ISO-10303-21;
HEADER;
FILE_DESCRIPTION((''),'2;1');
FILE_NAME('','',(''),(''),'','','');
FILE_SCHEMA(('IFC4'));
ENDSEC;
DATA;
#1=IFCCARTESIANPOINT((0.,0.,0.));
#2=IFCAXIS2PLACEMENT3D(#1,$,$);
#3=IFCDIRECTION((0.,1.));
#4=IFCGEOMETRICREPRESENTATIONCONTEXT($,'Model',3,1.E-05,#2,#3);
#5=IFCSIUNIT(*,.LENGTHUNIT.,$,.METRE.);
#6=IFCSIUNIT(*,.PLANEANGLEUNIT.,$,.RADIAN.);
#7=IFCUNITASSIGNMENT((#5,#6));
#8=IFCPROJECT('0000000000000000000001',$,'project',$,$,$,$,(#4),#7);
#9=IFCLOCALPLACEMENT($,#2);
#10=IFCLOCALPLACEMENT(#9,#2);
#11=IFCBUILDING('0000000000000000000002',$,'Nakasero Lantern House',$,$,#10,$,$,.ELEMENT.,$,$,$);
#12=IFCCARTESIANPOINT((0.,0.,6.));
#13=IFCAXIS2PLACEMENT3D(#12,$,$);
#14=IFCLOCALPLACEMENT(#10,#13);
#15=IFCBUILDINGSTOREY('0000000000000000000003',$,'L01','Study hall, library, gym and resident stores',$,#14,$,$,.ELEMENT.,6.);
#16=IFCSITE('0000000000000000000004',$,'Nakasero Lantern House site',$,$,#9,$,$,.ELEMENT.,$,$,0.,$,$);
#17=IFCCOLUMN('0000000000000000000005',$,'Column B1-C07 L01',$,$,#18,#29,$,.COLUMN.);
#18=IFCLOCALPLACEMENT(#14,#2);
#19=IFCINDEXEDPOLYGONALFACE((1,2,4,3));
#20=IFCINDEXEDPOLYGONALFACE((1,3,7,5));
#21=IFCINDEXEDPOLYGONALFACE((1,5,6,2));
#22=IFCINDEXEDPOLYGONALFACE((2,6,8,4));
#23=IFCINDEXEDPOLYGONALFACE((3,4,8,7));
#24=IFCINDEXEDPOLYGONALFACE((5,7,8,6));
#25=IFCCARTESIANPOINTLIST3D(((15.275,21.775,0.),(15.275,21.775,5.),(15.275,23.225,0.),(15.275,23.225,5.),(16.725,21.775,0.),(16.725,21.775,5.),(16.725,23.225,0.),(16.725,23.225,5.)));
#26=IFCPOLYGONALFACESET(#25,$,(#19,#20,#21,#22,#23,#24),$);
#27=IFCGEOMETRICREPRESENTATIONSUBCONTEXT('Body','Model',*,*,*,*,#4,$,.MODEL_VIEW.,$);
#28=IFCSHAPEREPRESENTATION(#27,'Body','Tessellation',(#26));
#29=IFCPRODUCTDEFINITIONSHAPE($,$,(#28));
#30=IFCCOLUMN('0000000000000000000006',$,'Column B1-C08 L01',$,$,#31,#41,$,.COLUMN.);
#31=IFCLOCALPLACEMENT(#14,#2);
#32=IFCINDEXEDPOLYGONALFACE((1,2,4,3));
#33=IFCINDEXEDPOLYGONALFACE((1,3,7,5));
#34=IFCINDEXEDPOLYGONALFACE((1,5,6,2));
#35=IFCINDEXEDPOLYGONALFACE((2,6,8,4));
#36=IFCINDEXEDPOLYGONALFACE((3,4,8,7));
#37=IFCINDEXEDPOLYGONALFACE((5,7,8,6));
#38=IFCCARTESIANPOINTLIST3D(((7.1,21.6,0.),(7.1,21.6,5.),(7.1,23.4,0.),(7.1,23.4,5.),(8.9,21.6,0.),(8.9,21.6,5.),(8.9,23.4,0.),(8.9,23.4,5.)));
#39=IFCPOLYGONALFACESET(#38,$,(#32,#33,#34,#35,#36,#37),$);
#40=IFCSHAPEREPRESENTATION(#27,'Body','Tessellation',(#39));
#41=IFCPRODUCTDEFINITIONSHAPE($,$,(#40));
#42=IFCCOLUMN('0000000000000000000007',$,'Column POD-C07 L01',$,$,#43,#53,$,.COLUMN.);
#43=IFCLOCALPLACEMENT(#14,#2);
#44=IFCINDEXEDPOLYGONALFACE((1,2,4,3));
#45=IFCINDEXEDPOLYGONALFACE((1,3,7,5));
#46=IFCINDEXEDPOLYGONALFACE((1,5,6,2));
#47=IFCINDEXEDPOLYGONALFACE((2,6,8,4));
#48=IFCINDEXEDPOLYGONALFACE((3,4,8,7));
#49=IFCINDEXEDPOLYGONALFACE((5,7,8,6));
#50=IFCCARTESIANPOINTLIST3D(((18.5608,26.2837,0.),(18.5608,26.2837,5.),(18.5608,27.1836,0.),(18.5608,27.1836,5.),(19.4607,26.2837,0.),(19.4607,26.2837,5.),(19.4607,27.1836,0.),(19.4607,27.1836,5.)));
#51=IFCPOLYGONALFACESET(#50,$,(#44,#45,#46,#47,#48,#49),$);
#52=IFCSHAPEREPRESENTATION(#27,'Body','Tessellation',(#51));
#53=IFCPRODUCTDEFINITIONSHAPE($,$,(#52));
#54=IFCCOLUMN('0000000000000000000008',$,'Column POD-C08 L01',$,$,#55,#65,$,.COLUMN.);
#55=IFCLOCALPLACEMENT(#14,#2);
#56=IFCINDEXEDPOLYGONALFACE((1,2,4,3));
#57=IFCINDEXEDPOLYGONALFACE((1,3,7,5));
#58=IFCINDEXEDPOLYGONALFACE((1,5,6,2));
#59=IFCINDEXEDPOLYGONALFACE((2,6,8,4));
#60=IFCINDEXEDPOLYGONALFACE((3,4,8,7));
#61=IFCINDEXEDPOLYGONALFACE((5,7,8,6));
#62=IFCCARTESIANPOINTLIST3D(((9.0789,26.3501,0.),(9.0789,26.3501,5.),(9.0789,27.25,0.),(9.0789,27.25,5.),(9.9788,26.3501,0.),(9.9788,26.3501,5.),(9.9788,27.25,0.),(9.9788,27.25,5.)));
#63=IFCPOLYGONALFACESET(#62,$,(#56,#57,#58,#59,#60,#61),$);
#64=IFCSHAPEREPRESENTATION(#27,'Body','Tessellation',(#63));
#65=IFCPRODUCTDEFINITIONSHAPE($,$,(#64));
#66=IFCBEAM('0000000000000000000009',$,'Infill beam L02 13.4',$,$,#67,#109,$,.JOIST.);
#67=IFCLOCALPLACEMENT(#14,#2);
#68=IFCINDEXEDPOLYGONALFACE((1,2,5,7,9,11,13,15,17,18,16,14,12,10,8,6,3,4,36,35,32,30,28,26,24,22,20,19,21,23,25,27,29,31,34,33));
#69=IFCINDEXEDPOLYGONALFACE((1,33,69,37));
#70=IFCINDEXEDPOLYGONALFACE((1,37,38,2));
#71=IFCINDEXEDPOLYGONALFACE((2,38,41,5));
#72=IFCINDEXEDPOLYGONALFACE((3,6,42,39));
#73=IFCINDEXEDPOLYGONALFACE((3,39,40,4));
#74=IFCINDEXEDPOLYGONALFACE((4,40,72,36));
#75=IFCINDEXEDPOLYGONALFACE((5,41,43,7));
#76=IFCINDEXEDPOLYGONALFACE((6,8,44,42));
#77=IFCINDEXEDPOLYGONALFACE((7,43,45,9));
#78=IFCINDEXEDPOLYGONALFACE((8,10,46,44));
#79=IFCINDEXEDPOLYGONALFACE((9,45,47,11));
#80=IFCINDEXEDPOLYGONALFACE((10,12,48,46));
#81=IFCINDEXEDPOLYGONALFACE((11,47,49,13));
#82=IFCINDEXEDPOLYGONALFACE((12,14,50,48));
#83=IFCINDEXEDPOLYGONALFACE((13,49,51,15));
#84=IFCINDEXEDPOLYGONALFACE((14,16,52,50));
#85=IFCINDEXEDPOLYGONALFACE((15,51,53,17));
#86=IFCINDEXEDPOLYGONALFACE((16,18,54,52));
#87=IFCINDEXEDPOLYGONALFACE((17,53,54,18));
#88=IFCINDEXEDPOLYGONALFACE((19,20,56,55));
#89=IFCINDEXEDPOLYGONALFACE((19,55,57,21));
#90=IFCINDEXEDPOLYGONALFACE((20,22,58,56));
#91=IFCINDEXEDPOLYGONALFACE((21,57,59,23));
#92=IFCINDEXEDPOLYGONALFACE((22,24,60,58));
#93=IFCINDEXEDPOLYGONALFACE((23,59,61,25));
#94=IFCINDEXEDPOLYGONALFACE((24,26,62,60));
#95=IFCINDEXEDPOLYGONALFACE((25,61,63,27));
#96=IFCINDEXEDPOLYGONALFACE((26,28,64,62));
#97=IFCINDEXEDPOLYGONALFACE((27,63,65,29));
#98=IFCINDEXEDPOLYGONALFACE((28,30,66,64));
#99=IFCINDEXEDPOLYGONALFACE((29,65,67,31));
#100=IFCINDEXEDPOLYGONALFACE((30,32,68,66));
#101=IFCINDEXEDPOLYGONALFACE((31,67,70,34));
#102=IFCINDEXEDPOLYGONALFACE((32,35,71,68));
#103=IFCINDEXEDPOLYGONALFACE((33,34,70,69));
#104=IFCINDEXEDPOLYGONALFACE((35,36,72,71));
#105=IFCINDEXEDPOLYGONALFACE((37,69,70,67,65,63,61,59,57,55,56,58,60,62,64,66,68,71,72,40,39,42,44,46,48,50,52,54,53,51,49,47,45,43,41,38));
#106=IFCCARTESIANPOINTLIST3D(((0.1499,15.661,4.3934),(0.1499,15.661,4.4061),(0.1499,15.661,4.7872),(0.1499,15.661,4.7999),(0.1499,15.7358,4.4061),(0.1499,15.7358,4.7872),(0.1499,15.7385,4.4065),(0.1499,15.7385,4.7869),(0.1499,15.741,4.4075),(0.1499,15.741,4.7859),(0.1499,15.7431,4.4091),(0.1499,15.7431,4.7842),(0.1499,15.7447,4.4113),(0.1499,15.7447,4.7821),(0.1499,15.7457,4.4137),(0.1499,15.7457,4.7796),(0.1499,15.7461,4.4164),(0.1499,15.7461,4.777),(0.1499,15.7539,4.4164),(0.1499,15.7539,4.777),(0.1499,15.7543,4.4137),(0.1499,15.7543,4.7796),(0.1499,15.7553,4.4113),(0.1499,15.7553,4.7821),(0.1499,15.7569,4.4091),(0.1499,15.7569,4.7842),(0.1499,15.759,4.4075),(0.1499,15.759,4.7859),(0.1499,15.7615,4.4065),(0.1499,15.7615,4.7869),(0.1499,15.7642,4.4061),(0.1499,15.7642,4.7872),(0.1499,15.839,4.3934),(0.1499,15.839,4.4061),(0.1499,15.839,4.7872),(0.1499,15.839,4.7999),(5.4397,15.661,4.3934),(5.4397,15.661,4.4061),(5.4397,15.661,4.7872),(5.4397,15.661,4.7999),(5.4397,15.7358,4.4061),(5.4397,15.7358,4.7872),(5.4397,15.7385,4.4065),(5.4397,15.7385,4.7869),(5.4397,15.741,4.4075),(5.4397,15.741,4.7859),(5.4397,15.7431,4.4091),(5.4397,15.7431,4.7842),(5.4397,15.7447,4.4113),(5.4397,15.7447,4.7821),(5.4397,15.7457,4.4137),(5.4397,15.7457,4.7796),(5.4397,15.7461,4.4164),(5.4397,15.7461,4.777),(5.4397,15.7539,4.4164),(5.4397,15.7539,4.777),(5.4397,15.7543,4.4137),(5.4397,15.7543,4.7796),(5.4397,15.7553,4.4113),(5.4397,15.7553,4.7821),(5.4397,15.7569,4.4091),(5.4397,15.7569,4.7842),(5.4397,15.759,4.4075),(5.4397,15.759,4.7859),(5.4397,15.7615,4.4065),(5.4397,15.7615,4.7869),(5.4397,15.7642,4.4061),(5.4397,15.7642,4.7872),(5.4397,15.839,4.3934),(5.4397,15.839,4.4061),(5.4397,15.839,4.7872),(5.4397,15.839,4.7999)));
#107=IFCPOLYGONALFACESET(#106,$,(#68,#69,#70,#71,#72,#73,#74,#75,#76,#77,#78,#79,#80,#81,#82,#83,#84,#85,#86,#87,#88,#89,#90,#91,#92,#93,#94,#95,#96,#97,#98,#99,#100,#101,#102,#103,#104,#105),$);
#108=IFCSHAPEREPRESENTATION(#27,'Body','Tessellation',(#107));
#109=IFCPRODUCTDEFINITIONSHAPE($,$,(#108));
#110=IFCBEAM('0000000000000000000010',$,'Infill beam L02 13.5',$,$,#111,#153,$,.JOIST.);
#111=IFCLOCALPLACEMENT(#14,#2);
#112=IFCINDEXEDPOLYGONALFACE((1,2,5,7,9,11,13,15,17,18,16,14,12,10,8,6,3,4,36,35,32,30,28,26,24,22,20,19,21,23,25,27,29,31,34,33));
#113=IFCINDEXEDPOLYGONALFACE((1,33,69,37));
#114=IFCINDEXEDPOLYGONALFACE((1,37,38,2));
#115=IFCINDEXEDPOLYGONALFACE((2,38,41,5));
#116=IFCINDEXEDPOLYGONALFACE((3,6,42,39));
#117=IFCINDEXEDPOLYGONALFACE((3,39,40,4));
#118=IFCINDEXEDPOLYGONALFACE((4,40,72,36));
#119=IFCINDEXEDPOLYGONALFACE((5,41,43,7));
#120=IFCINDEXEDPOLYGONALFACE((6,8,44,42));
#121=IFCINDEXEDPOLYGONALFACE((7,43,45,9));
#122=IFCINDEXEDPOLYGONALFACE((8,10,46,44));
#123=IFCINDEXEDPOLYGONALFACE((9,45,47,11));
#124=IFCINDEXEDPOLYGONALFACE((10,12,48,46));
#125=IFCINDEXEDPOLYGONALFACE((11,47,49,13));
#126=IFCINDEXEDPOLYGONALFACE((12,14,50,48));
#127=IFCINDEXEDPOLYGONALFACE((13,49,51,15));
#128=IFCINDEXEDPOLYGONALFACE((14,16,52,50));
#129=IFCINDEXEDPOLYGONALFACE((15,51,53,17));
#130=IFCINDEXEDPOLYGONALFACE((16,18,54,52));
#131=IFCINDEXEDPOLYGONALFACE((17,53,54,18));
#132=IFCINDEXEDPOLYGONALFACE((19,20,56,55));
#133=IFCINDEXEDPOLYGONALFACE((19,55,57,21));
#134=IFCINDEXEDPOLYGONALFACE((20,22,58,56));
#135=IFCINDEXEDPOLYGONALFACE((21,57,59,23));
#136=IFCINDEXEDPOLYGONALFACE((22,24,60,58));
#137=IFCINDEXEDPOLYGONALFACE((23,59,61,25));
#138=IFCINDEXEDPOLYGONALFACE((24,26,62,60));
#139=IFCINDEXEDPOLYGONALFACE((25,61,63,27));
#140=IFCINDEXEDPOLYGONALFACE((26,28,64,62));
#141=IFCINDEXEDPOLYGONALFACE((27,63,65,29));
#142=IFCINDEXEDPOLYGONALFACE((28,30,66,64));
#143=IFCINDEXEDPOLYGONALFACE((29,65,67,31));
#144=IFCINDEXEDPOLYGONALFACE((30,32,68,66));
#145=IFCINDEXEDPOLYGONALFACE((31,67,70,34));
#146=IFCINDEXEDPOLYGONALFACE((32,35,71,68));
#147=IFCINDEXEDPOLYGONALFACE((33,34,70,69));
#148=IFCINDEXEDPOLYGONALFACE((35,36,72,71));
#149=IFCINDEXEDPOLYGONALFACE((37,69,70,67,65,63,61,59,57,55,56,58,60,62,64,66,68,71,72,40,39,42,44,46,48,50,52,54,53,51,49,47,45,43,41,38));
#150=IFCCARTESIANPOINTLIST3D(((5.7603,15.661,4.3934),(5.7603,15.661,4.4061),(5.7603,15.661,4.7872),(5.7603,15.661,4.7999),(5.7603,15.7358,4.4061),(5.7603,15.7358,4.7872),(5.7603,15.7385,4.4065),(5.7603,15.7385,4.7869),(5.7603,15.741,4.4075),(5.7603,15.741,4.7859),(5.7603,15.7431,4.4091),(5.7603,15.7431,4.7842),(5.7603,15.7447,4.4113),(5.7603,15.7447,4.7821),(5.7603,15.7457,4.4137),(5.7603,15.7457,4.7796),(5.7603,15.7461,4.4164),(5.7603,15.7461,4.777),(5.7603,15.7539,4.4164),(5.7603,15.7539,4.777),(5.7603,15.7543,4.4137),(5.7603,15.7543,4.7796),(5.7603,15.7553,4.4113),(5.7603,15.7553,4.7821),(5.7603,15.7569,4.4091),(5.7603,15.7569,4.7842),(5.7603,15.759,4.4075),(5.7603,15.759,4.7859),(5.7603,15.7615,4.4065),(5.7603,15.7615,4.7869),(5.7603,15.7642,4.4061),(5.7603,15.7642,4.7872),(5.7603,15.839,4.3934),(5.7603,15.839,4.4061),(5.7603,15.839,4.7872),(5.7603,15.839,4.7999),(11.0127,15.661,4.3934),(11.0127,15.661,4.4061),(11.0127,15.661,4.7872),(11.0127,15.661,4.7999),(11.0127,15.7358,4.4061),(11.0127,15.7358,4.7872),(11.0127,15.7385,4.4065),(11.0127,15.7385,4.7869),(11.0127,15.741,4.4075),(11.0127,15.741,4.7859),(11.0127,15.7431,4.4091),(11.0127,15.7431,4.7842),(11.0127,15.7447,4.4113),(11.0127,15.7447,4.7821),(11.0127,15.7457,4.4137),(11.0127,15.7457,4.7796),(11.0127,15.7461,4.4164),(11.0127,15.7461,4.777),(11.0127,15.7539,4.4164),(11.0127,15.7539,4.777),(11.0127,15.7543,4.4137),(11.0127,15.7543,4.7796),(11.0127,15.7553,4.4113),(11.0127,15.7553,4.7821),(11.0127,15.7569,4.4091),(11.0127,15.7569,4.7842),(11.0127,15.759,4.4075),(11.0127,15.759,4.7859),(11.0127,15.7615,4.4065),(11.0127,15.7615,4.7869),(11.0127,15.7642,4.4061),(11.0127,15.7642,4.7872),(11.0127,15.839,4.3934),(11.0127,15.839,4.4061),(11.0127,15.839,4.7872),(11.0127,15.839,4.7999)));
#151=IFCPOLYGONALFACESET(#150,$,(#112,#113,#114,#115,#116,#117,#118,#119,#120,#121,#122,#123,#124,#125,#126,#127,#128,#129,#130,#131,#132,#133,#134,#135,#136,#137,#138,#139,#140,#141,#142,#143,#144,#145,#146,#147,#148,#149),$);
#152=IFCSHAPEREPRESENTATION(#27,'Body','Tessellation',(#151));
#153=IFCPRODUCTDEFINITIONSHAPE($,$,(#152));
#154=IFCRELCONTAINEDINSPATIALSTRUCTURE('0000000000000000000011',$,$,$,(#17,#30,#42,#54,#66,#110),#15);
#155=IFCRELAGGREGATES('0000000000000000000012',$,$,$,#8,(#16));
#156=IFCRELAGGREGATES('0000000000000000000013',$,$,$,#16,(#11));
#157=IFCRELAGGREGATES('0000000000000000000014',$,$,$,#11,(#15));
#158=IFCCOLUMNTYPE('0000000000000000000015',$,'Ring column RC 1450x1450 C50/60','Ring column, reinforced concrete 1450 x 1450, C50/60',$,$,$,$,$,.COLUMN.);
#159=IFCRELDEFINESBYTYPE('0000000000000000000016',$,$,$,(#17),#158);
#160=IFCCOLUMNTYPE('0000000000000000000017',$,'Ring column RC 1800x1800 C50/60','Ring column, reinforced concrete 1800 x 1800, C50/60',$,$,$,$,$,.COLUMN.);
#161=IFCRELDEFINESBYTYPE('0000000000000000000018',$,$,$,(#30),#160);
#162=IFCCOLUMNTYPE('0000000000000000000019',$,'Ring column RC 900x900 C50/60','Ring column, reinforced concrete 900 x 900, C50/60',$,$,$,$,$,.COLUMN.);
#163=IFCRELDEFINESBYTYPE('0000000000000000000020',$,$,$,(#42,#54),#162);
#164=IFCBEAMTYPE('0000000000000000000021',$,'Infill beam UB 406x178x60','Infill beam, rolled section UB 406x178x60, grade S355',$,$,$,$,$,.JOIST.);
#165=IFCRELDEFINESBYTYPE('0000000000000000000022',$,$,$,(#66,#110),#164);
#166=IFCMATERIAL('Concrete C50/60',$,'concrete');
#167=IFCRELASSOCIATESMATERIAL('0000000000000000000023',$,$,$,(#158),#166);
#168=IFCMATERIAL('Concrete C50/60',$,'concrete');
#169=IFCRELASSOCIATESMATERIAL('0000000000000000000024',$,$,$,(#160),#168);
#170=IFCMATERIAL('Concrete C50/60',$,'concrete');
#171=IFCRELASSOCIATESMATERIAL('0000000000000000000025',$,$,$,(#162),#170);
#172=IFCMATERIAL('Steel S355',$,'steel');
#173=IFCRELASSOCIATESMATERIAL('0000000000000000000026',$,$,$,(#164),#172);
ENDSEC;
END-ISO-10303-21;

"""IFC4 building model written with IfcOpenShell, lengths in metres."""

from ifc_helpers import new_model, si_unit, direction, frame, origin, origin_2d, place, context, subcontext, project, spatial, rectangle, i_section, extrude, material, material_profile, profile_set, type_object, element, save


model = new_model("IFC4")

# Units and contexts
model_context = context("Model", 3, precision=1e-05, world=origin(), true_north=direction((0.0, 1.0)))
body_context = subcontext(model_context, "Body", "Model", "MODEL_VIEW")
ifc_project = project(units=[si_unit("LENGTHUNIT", "METRE"), si_unit("PLANEANGLEUNIT", "RADIAN")], contexts=[model_context])

# Site, building, storey
site_placement = place(None, origin())
site = spatial("IfcSite", under=ifc_project, at=site_placement, Name="Nakasero Lantern House site", CompositionType="ELEMENT", RefElevation=0.0)
building_placement = place(site_placement, origin())
building = spatial("IfcBuilding", under=site, at=building_placement, Name="Nakasero Lantern House", CompositionType="ELEMENT")
storey_placement = place(building_placement, frame((0.0, 0.0, 6.0)))
storey = spatial("IfcBuildingStorey", under=building, at=storey_placement, Name="L01", Description="Study hall, library, gym and resident stores", CompositionType="ELEMENT", Elevation=6.0)

# Columns
ifc_material_1 = material(Name="Concrete C50/60", Category="concrete")
ifc_material_profile_1 = material_profile(ifc_material_1, rectangle(XDim=1.45, YDim=1.45, at=origin_2d()), Name="RC 1450x1450")
ifc_profile_set_1 = profile_set([ifc_material_profile_1], Name="Concrete C50/60")
column_type_1 = type_object("IfcColumnType", Name="Ring column RC 1450x1450 C50/60", Description="Ring column, reinforced concrete 1450 x 1450, C50/60", PredefinedType="COLUMN", material=ifc_profile_set_1)
column_1_placement = place(storey_placement, frame((16.0, 22.5, 0.0), z_axis=(0.0, 0.0, 1.0), x_axis=(1.0, 0.0, 0.0)))
element("IfcColumn", 1, at=column_1_placement, inside=storey, type_object=column_type_1, Name="Column B1-C07 L01", PredefinedType="COLUMN", context=body_context, shape_type="SweptSolid", body=[
    extrude(rectangle(XDim=1.45, YDim=1.45, at=origin_2d()), origin(), (0.0, 0.0, 1.0), 5.0),
])
ifc_material_2 = material(Name="Concrete C50/60", Category="concrete")
ifc_material_profile_2 = material_profile(ifc_material_2, rectangle(XDim=1.8, YDim=1.8, at=origin_2d()), Name="RC 1800x1800")
ifc_profile_set_2 = profile_set([ifc_material_profile_2], Name="Concrete C50/60")
column_type_2 = type_object("IfcColumnType", Name="Ring column RC 1800x1800 C50/60", Description="Ring column, reinforced concrete 1800 x 1800, C50/60", PredefinedType="COLUMN", material=ifc_profile_set_2)
column_2_placement = place(storey_placement, frame((8.0, 22.5, 0.0), z_axis=(0.0, 0.0, 1.0), x_axis=(1.0, 0.0, 0.0)))
element("IfcColumn", 2, at=column_2_placement, inside=storey, type_object=column_type_2, Name="Column B1-C08 L01", PredefinedType="COLUMN", context=body_context, shape_type="SweptSolid", body=[
    extrude(rectangle(XDim=1.8, YDim=1.8, at=origin_2d()), origin(), (0.0, 0.0, 1.0), 5.0),
])
ifc_material_3 = material(Name="Concrete C50/60", Category="concrete")
ifc_material_profile_3 = material_profile(ifc_material_3, rectangle(XDim=0.8999, YDim=0.8999, at=origin_2d()), Name="RC 900x900")
ifc_profile_set_3 = profile_set([ifc_material_profile_3], Name="Concrete C50/60")
column_type_3 = type_object("IfcColumnType", Name="Ring column RC 900x900 C50/60", Description="Ring column, reinforced concrete 900 x 900, C50/60", PredefinedType="COLUMN", material=ifc_profile_set_3)
for number, where, z_axis, x_axis, name in (
    (3, (19.0107, 26.7336, 0.0), (0.0, 0.0, 1.0), (1.0, 0.0, 0.0), "Column POD-C07 L01"),
    (4, (9.5288, 26.8, 0.0), (0.0, 0.0, 1.0), (1.0, 0.0, 0.0), "Column POD-C08 L01"),
):
    element("IfcColumn", number, at=place(storey_placement, frame(where, z_axis=z_axis, x_axis=x_axis)), inside=storey, type_object=column_type_3, Name=name, PredefinedType="COLUMN", context=body_context, shape_type="SweptSolid", body=[
        extrude(rectangle(XDim=0.8999, YDim=0.8999, at=origin_2d()), origin(), (0.0, 0.0, 1.0), 5.0),
    ])

# Beams
ifc_material_4 = material(Name="Steel S355", Category="steel")
ifc_material_profile_4 = material_profile(ifc_material_4, i_section(OverallWidth=0.178, OverallDepth=0.4065, WebThickness=0.0078, FlangeThickness=0.0127, FilletRadius=0.0103, at=origin_2d()), Name="UB 406x178x60")
ifc_profile_set_4 = profile_set([ifc_material_profile_4], Name="Steel S355")
beam_type_1 = type_object("IfcBeamType", Name="Infill beam UB 406x178x60", Description="Infill beam, rolled section UB 406x178x60, grade S355", PredefinedType="JOIST", material=ifc_profile_set_4)
beam_1_placement = place(storey_placement, frame((0.1499, 15.75, 4.5967), z_axis=(1.0, 0.0, 0.0), x_axis=(0.0, 1.0, 0.0)))
element("IfcBeam", 5, at=beam_1_placement, inside=storey, type_object=beam_type_1, Name="Infill beam L02 13.4", PredefinedType="JOIST", context=body_context, shape_type="SweptSolid", body=[
    extrude(i_section(OverallWidth=0.178, OverallDepth=0.4065, WebThickness=0.0078, FlangeThickness=0.0127, FilletRadius=0.0103, at=origin_2d()), origin(), (0.0, 0.0, 1.0), 5.2898),
])
beam_2_placement = place(storey_placement, frame((5.7603, 15.75, 4.5967), z_axis=(1.0, 0.0, 0.0), x_axis=(0.0, 1.0, 0.0)))
element("IfcBeam", 6, at=beam_2_placement, inside=storey, type_object=beam_type_1, Name="Infill beam L02 13.5", PredefinedType="JOIST", context=body_context, shape_type="SweptSolid", body=[
    extrude(i_section(OverallWidth=0.178, OverallDepth=0.4065, WebThickness=0.0078, FlangeThickness=0.0127, FilletRadius=0.0103, at=origin_2d()), origin(), (0.0, 0.0, 1.0), 5.2524),
])

save(model, "model.ifc")
